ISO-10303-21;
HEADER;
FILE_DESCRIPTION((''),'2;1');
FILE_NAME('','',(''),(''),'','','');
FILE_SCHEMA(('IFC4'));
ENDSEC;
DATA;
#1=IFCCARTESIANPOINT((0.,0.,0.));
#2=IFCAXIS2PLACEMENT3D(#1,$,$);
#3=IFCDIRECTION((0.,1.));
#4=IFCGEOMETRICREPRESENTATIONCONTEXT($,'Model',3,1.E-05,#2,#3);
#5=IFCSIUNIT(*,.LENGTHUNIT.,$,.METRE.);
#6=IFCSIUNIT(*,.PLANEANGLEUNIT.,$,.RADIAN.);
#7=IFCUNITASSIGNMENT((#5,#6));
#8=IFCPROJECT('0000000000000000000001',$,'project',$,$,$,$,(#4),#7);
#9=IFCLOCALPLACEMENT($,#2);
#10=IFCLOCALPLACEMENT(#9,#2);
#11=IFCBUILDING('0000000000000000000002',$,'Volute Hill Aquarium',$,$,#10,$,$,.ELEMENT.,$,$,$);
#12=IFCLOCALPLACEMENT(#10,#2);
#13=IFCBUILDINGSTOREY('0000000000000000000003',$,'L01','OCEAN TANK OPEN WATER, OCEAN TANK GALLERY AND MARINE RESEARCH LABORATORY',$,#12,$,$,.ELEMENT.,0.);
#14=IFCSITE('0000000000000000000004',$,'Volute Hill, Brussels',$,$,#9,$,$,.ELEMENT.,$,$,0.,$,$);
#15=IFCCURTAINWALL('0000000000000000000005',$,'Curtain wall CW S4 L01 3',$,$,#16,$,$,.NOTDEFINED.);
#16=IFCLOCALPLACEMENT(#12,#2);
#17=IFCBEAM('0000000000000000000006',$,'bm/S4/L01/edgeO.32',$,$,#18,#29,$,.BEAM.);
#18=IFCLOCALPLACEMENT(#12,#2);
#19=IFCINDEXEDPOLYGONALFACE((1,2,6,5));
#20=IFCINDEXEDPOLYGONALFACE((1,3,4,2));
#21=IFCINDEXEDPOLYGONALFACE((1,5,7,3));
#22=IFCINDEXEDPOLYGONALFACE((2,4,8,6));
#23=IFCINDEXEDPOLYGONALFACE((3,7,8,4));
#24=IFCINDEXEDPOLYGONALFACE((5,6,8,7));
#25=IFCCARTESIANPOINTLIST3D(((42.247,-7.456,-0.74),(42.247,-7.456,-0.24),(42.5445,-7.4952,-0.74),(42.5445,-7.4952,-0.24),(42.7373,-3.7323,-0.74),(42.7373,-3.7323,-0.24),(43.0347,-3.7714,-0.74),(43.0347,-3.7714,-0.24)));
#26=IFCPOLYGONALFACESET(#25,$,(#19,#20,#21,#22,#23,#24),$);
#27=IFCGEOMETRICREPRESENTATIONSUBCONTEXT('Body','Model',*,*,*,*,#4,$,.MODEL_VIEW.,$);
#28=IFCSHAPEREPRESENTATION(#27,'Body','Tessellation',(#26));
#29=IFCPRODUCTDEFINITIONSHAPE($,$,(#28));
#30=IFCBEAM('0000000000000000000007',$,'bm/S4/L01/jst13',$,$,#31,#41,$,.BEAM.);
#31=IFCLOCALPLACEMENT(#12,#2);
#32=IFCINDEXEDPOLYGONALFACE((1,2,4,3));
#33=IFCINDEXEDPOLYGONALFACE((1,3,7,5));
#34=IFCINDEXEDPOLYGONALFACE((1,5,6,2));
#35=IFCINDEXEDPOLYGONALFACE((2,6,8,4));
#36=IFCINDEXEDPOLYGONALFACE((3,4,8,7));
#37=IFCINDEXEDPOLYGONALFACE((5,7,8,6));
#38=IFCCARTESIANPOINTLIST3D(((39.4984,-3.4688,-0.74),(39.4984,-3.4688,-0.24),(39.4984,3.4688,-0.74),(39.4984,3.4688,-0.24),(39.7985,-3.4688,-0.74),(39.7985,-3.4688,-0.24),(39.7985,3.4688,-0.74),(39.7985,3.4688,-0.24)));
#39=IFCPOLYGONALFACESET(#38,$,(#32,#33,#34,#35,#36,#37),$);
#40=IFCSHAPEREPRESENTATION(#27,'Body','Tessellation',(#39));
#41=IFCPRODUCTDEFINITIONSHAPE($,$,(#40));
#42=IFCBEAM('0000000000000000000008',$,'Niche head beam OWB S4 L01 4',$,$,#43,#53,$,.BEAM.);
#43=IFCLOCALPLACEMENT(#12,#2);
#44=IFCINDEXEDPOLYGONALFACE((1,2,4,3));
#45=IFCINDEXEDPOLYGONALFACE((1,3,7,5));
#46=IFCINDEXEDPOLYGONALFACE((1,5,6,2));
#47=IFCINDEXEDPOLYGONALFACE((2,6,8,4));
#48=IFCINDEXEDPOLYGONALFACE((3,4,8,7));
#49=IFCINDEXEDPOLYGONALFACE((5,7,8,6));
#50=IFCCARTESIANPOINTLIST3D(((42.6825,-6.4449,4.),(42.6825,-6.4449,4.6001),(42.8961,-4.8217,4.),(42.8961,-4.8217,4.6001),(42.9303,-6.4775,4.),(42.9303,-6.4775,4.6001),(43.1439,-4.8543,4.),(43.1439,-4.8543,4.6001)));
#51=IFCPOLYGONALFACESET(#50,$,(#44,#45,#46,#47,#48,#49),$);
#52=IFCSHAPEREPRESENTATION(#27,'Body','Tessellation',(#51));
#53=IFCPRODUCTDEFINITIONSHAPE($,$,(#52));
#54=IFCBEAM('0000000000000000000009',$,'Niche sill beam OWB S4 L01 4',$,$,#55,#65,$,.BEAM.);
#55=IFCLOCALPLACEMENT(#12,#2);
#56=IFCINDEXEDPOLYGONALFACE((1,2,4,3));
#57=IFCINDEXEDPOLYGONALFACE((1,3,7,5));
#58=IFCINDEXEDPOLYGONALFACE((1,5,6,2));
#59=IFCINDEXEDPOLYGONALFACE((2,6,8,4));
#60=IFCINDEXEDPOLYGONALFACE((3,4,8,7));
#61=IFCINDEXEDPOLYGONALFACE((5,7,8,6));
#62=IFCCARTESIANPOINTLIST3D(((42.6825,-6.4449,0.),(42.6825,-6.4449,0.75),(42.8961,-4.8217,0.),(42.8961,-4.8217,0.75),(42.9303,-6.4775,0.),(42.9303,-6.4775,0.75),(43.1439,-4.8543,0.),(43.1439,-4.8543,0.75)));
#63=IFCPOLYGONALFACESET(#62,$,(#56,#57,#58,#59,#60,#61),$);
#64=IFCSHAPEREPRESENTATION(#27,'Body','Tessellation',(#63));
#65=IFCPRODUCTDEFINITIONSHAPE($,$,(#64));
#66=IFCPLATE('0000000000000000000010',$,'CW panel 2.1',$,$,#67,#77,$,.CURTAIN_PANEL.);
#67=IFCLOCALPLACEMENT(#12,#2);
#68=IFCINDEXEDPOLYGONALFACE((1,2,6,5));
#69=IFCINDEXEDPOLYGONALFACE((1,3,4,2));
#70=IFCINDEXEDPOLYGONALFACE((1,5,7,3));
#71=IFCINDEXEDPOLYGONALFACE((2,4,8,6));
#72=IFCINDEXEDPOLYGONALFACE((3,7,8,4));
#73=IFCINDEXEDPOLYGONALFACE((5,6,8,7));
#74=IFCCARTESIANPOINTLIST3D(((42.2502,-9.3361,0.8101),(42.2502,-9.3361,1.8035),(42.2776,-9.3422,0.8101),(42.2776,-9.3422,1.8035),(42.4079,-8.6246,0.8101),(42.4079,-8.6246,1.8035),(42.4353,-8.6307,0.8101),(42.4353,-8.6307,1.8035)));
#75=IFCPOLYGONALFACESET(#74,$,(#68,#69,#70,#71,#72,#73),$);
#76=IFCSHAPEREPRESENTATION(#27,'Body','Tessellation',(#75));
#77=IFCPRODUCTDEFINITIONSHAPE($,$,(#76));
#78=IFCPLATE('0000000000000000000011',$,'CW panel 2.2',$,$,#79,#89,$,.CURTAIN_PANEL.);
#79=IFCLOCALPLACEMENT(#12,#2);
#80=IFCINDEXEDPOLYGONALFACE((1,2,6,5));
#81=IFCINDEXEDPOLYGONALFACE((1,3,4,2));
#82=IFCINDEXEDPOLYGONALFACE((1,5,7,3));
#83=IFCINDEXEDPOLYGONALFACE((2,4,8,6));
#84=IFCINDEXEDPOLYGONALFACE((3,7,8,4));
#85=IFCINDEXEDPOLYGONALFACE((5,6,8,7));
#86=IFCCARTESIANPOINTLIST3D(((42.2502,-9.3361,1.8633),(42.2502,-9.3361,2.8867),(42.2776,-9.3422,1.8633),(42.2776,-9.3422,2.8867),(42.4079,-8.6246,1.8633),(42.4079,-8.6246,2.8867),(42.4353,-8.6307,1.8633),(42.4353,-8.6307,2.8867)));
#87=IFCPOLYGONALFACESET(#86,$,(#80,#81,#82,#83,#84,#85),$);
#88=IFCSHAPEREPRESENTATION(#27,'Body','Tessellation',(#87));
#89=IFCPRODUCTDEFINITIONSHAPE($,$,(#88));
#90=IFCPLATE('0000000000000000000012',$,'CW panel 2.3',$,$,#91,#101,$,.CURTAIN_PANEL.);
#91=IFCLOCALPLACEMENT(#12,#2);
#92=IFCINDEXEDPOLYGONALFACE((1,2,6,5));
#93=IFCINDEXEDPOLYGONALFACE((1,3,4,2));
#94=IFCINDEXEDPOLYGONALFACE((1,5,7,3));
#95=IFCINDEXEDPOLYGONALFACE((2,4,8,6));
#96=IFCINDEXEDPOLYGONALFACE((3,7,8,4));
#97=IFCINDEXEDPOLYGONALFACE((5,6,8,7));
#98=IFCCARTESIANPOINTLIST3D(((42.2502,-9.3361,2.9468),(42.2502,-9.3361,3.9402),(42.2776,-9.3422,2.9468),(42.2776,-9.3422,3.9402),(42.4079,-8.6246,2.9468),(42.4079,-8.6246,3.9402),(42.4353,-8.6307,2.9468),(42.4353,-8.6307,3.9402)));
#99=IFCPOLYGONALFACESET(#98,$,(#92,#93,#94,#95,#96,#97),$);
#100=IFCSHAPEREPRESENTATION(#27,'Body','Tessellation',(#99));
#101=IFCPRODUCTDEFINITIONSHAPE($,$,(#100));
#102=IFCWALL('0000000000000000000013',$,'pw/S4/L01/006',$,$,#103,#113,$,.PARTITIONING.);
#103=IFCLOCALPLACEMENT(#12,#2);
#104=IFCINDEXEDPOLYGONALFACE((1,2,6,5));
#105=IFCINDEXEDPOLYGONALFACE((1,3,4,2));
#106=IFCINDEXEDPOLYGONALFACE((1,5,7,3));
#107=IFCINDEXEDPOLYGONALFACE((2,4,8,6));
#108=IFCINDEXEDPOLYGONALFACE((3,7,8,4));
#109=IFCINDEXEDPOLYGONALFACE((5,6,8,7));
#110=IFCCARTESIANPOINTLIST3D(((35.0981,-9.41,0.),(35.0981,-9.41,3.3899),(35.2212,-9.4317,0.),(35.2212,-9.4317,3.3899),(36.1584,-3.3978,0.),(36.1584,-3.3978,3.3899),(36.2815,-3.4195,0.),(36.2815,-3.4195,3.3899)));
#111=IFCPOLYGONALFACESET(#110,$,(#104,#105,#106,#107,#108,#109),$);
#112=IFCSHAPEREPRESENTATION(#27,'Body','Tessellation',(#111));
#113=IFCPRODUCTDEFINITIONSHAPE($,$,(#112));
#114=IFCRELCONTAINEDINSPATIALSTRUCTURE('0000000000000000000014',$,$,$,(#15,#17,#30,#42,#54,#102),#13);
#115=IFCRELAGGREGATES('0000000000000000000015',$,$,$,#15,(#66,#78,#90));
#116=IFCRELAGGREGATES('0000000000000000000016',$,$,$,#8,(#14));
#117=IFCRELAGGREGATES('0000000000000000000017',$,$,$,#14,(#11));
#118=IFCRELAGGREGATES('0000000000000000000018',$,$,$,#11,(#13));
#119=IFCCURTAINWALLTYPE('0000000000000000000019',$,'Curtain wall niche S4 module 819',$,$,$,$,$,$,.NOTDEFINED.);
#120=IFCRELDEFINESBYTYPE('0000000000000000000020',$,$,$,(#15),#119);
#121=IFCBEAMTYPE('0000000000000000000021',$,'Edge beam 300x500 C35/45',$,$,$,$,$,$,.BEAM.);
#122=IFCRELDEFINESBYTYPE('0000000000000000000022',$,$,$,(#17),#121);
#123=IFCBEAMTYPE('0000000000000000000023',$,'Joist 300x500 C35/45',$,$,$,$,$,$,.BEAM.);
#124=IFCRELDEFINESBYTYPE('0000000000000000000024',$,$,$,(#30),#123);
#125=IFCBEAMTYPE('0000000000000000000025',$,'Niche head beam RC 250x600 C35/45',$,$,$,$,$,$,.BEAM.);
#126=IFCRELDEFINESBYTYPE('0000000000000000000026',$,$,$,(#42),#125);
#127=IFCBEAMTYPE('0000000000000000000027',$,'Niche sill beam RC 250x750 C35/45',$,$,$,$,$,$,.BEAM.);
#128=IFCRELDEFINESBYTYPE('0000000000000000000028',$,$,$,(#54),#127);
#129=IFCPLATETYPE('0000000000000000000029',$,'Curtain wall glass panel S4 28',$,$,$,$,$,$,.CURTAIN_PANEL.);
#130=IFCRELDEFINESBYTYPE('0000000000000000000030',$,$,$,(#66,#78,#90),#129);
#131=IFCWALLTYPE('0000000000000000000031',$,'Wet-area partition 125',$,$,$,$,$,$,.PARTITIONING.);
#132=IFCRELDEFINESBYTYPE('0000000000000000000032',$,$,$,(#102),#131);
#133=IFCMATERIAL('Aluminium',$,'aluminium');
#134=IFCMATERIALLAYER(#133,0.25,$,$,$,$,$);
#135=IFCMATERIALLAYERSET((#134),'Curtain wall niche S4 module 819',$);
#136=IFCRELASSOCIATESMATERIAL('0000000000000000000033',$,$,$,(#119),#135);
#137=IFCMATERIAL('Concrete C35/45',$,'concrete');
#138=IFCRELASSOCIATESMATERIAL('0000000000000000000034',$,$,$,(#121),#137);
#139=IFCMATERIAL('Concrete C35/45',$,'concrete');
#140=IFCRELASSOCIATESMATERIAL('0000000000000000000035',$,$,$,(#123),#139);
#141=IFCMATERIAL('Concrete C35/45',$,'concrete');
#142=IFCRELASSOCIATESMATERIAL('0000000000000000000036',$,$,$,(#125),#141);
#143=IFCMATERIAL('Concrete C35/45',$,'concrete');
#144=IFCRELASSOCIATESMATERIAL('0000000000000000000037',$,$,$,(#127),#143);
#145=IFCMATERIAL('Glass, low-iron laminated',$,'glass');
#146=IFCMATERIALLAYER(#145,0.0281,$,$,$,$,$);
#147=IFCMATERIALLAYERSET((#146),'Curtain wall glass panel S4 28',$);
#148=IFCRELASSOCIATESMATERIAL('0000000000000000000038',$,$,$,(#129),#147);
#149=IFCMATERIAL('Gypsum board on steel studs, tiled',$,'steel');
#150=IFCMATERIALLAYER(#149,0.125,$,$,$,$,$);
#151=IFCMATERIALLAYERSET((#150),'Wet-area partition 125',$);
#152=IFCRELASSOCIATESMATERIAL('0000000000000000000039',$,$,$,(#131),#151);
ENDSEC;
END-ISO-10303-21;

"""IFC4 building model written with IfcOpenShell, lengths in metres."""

from ifc_helpers import new_model, si_unit, direction, frame, frame_2d, origin, origin_2d, place, context, subcontext, project, spatial, rectangle, extrude, material, layer, layer_set, material_profile, profile_set, type_object, element, aggregate, save


model = new_model("IFC4")

# Units and contexts
model_context = context("Model", 3, precision=1e-05, world=origin(), true_north=direction((0.0, 1.0)))
body_context = subcontext(model_context, "Body", "Model", "MODEL_VIEW")
ifc_project = project(units=[si_unit("LENGTHUNIT", "METRE"), si_unit("PLANEANGLEUNIT", "RADIAN")], contexts=[model_context])

# Site, building, storey
site_placement = place(None, origin())
site = spatial("IfcSite", under=ifc_project, at=site_placement, Name="Volute Hill, Brussels", CompositionType="ELEMENT", RefElevation=0.0)
building_placement = place(site_placement, origin())
building = spatial("IfcBuilding", under=site, at=building_placement, Name="Volute Hill Aquarium", CompositionType="ELEMENT")
storey_placement = place(building_placement, origin())
storey = spatial("IfcBuildingStorey", under=building, at=storey_placement, Name="L01", Description="OCEAN TANK OPEN WATER, OCEAN TANK GALLERY AND MARINE RESEARCH LABORATORY", CompositionType="ELEMENT", Elevation=0.0)

# Curtain wall
ifc_material_1 = material(Name="Aluminium", Category="aluminium")
ifc_layer_1 = layer(ifc_material_1, 0.25)
ifc_layer_set_1 = layer_set([ifc_layer_1], Name="Curtain wall niche S4 module 819")
curtain_wall_type = type_object("IfcCurtainWallType", Name="Curtain wall niche S4 module 819", PredefinedType="NOTDEFINED", material=ifc_layer_set_1)
curtain_wall_1_placement = place(storey_placement, origin())
curtain_wall_1 = element("IfcCurtainWall", 1, at=curtain_wall_1_placement, inside=storey, type_object=curtain_wall_type, Name="Curtain wall CW S4 L01 3", PredefinedType="NOTDEFINED")

# Beams
ifc_material_2 = material(Name="Concrete C35/45", Category="concrete")
ifc_material_profile_1 = material_profile(ifc_material_2, rectangle(XDim=0.3, YDim=0.5, at=origin_2d()), Name="RC edge beam 300x500")
ifc_profile_set_1 = profile_set([ifc_material_profile_1], Name="Concrete C35/45")
beam_type_1 = type_object("IfcBeamType", Name="Edge beam 300x500 C35/45", PredefinedType="BEAM", material=ifc_profile_set_1)
beam_1_placement = place(storey_placement, frame((42.3958, -7.4756, -0.49), z_axis=(0.130528, 0.991445, 0.0), x_axis=(-0.991445, 0.130528, 0.0)))
element("IfcBeam", 2, at=beam_1_placement, inside=storey, type_object=beam_type_1, Name="bm/S4/L01/edgeO.32", PredefinedType="BEAM", context=body_context, shape_type="SweptSolid", body=[
    extrude(rectangle(XDim=0.3, YDim=0.5, at=origin_2d()), origin(), (0.0, 0.0, 1.0), 3.7559),
])
ifc_material_3 = material(Name="Concrete C35/45", Category="concrete")
ifc_material_profile_2 = material_profile(ifc_material_3, rectangle(XDim=0.3, YDim=0.5, at=origin_2d()), Name="RC joist 300x500")
ifc_profile_set_2 = profile_set([ifc_material_profile_2], Name="Concrete C35/45")
beam_type_2 = type_object("IfcBeamType", Name="Joist 300x500 C35/45", PredefinedType="BEAM", material=ifc_profile_set_2)
beam_2_placement = place(storey_placement, frame((39.6484, -3.4688, -0.49), z_axis=(0.0, 1.0, 0.0), x_axis=(-1.0, 0.0, 0.0)))
element("IfcBeam", 3, at=beam_2_placement, inside=storey, type_object=beam_type_2, Name="bm/S4/L01/jst13", PredefinedType="BEAM", context=body_context, shape_type="SweptSolid", body=[
    extrude(rectangle(XDim=0.3, YDim=0.5, at=origin_2d()), origin(), (0.0, 0.0, 1.0), 6.9375),
])
ifc_material_4 = material(Name="Concrete C35/45", Category="concrete")
ifc_material_profile_3 = material_profile(ifc_material_4, rectangle(XDim=0.25, YDim=0.6001, at=origin_2d()), Name="RC beam 250x600")
ifc_profile_set_3 = profile_set([ifc_material_profile_3], Name="Concrete C35/45")
beam_type_3 = type_object("IfcBeamType", Name="Niche head beam RC 250x600 C35/45", PredefinedType="BEAM", material=ifc_profile_set_3)
beam_3_placement = place(storey_placement, frame((42.8064, -6.4612, 4.3), z_axis=(0.130474, 0.991452, 0.0), x_axis=(-0.991452, 0.130474, 0.0)))
element("IfcBeam", 4, at=beam_3_placement, inside=storey, type_object=beam_type_3, Name="Niche head beam OWB S4 L01 4", PredefinedType="BEAM", context=body_context, shape_type="SweptSolid", body=[
    extrude(rectangle(XDim=0.25, YDim=0.6001, at=origin_2d()), origin(), (0.0, 0.0, 1.0), 1.6372),
])
ifc_material_5 = material(Name="Concrete C35/45", Category="concrete")
ifc_material_profile_4 = material_profile(ifc_material_5, rectangle(XDim=0.25, YDim=0.75, at=origin_2d()), Name="RC beam 250x750")
ifc_profile_set_4 = profile_set([ifc_material_profile_4], Name="Concrete C35/45")
beam_type_4 = type_object("IfcBeamType", Name="Niche sill beam RC 250x750 C35/45", PredefinedType="BEAM", material=ifc_profile_set_4)
beam_4_placement = place(storey_placement, frame((42.8064, -6.4612, 0.375), z_axis=(0.130474, 0.991452, 0.0), x_axis=(-0.991452, 0.130474, 0.0)))
element("IfcBeam", 5, at=beam_4_placement, inside=storey, type_object=beam_type_4, Name="Niche sill beam OWB S4 L01 4", PredefinedType="BEAM", context=body_context, shape_type="SweptSolid", body=[
    extrude(rectangle(XDim=0.25, YDim=0.75, at=origin_2d()), origin(), (0.0, 0.0, 1.0), 1.6372),
])

# Plates
ifc_material_6 = material(Name="Glass, low-iron laminated", Category="glass")
ifc_layer_2 = layer(ifc_material_6, 0.0281)
ifc_layer_set_2 = layer_set([ifc_layer_2], Name="Curtain wall glass panel S4 28")
plate_type = type_object("IfcPlateType", Name="Curtain wall glass panel S4 28", PredefinedType="CURTAIN_PANEL", material=ifc_layer_set_2)
plate_1_placement = place(storey_placement, frame((42.3428, -8.9834, 0.8101), z_axis=(0.0, 0.0, 1.0), x_axis=(0.216432, 0.976298, 0.0)))
plate_1 = element("IfcPlate", 6, at=plate_1_placement, type_object=plate_type, Name="CW panel 2.1", PredefinedType="CURTAIN_PANEL", context=body_context, shape_type="SweptSolid", body=[
    extrude(rectangle(XDim=0.7288, YDim=0.0281, at=origin_2d()), origin(), (0.0, 0.0, 1.0), 0.9934),
])
plate_2_placement = place(storey_placement, frame((42.3428, -8.9834, 1.8633), z_axis=(0.0, 0.0, 1.0), x_axis=(0.216432, 0.976298, 0.0)))
plate_2 = element("IfcPlate", 7, at=plate_2_placement, type_object=plate_type, Name="CW panel 2.2", PredefinedType="CURTAIN_PANEL", context=body_context, shape_type="SweptSolid", body=[
    extrude(rectangle(XDim=0.7288, YDim=0.0281, at=origin_2d()), origin(), (0.0, 0.0, 1.0), 1.0234),
])
plate_3_placement = place(storey_placement, frame((42.3428, -8.9834, 2.9468), z_axis=(0.0, 0.0, 1.0), x_axis=(0.216432, 0.976298, 0.0)))
plate_3 = element("IfcPlate", 8, at=plate_3_placement, type_object=plate_type, Name="CW panel 2.3", PredefinedType="CURTAIN_PANEL", context=body_context, shape_type="SweptSolid", body=[
    extrude(rectangle(XDim=0.7288, YDim=0.0281, at=origin_2d()), origin(), (0.0, 0.0, 1.0), 0.9934),
])
aggregate(curtain_wall_1, [plate_1, plate_2, plate_3])

# Wall
ifc_material_7 = material(Name="Gypsum board on steel studs, tiled", Category="steel")
ifc_layer_3 = layer(ifc_material_7, 0.125)
ifc_layer_set_3 = layer_set([ifc_layer_3], Name="Wet-area partition 125")
wall_type = type_object("IfcWallType", Name="Wet-area partition 125", PredefinedType="PARTITIONING", material=ifc_layer_set_3)
wall_placement = place(storey_placement, frame((36.22, -3.4087, 0.0), z_axis=(0.0, 0.0, 1.0), x_axis=(-0.173678, -0.984802, 0.0)))
element("IfcWall", 9, at=wall_placement, inside=storey, type_object=wall_type, Name="pw/S4/L01/006", PredefinedType="PARTITIONING", context=body_context, shape_type="SweptSolid", body=[
    extrude(rectangle(XDim=6.105, YDim=0.125, at=frame_2d((3.0525, 0.0))), origin(), (0.0, 0.0, 1.0), 3.3899),
])

save(model, "model.ifc")
